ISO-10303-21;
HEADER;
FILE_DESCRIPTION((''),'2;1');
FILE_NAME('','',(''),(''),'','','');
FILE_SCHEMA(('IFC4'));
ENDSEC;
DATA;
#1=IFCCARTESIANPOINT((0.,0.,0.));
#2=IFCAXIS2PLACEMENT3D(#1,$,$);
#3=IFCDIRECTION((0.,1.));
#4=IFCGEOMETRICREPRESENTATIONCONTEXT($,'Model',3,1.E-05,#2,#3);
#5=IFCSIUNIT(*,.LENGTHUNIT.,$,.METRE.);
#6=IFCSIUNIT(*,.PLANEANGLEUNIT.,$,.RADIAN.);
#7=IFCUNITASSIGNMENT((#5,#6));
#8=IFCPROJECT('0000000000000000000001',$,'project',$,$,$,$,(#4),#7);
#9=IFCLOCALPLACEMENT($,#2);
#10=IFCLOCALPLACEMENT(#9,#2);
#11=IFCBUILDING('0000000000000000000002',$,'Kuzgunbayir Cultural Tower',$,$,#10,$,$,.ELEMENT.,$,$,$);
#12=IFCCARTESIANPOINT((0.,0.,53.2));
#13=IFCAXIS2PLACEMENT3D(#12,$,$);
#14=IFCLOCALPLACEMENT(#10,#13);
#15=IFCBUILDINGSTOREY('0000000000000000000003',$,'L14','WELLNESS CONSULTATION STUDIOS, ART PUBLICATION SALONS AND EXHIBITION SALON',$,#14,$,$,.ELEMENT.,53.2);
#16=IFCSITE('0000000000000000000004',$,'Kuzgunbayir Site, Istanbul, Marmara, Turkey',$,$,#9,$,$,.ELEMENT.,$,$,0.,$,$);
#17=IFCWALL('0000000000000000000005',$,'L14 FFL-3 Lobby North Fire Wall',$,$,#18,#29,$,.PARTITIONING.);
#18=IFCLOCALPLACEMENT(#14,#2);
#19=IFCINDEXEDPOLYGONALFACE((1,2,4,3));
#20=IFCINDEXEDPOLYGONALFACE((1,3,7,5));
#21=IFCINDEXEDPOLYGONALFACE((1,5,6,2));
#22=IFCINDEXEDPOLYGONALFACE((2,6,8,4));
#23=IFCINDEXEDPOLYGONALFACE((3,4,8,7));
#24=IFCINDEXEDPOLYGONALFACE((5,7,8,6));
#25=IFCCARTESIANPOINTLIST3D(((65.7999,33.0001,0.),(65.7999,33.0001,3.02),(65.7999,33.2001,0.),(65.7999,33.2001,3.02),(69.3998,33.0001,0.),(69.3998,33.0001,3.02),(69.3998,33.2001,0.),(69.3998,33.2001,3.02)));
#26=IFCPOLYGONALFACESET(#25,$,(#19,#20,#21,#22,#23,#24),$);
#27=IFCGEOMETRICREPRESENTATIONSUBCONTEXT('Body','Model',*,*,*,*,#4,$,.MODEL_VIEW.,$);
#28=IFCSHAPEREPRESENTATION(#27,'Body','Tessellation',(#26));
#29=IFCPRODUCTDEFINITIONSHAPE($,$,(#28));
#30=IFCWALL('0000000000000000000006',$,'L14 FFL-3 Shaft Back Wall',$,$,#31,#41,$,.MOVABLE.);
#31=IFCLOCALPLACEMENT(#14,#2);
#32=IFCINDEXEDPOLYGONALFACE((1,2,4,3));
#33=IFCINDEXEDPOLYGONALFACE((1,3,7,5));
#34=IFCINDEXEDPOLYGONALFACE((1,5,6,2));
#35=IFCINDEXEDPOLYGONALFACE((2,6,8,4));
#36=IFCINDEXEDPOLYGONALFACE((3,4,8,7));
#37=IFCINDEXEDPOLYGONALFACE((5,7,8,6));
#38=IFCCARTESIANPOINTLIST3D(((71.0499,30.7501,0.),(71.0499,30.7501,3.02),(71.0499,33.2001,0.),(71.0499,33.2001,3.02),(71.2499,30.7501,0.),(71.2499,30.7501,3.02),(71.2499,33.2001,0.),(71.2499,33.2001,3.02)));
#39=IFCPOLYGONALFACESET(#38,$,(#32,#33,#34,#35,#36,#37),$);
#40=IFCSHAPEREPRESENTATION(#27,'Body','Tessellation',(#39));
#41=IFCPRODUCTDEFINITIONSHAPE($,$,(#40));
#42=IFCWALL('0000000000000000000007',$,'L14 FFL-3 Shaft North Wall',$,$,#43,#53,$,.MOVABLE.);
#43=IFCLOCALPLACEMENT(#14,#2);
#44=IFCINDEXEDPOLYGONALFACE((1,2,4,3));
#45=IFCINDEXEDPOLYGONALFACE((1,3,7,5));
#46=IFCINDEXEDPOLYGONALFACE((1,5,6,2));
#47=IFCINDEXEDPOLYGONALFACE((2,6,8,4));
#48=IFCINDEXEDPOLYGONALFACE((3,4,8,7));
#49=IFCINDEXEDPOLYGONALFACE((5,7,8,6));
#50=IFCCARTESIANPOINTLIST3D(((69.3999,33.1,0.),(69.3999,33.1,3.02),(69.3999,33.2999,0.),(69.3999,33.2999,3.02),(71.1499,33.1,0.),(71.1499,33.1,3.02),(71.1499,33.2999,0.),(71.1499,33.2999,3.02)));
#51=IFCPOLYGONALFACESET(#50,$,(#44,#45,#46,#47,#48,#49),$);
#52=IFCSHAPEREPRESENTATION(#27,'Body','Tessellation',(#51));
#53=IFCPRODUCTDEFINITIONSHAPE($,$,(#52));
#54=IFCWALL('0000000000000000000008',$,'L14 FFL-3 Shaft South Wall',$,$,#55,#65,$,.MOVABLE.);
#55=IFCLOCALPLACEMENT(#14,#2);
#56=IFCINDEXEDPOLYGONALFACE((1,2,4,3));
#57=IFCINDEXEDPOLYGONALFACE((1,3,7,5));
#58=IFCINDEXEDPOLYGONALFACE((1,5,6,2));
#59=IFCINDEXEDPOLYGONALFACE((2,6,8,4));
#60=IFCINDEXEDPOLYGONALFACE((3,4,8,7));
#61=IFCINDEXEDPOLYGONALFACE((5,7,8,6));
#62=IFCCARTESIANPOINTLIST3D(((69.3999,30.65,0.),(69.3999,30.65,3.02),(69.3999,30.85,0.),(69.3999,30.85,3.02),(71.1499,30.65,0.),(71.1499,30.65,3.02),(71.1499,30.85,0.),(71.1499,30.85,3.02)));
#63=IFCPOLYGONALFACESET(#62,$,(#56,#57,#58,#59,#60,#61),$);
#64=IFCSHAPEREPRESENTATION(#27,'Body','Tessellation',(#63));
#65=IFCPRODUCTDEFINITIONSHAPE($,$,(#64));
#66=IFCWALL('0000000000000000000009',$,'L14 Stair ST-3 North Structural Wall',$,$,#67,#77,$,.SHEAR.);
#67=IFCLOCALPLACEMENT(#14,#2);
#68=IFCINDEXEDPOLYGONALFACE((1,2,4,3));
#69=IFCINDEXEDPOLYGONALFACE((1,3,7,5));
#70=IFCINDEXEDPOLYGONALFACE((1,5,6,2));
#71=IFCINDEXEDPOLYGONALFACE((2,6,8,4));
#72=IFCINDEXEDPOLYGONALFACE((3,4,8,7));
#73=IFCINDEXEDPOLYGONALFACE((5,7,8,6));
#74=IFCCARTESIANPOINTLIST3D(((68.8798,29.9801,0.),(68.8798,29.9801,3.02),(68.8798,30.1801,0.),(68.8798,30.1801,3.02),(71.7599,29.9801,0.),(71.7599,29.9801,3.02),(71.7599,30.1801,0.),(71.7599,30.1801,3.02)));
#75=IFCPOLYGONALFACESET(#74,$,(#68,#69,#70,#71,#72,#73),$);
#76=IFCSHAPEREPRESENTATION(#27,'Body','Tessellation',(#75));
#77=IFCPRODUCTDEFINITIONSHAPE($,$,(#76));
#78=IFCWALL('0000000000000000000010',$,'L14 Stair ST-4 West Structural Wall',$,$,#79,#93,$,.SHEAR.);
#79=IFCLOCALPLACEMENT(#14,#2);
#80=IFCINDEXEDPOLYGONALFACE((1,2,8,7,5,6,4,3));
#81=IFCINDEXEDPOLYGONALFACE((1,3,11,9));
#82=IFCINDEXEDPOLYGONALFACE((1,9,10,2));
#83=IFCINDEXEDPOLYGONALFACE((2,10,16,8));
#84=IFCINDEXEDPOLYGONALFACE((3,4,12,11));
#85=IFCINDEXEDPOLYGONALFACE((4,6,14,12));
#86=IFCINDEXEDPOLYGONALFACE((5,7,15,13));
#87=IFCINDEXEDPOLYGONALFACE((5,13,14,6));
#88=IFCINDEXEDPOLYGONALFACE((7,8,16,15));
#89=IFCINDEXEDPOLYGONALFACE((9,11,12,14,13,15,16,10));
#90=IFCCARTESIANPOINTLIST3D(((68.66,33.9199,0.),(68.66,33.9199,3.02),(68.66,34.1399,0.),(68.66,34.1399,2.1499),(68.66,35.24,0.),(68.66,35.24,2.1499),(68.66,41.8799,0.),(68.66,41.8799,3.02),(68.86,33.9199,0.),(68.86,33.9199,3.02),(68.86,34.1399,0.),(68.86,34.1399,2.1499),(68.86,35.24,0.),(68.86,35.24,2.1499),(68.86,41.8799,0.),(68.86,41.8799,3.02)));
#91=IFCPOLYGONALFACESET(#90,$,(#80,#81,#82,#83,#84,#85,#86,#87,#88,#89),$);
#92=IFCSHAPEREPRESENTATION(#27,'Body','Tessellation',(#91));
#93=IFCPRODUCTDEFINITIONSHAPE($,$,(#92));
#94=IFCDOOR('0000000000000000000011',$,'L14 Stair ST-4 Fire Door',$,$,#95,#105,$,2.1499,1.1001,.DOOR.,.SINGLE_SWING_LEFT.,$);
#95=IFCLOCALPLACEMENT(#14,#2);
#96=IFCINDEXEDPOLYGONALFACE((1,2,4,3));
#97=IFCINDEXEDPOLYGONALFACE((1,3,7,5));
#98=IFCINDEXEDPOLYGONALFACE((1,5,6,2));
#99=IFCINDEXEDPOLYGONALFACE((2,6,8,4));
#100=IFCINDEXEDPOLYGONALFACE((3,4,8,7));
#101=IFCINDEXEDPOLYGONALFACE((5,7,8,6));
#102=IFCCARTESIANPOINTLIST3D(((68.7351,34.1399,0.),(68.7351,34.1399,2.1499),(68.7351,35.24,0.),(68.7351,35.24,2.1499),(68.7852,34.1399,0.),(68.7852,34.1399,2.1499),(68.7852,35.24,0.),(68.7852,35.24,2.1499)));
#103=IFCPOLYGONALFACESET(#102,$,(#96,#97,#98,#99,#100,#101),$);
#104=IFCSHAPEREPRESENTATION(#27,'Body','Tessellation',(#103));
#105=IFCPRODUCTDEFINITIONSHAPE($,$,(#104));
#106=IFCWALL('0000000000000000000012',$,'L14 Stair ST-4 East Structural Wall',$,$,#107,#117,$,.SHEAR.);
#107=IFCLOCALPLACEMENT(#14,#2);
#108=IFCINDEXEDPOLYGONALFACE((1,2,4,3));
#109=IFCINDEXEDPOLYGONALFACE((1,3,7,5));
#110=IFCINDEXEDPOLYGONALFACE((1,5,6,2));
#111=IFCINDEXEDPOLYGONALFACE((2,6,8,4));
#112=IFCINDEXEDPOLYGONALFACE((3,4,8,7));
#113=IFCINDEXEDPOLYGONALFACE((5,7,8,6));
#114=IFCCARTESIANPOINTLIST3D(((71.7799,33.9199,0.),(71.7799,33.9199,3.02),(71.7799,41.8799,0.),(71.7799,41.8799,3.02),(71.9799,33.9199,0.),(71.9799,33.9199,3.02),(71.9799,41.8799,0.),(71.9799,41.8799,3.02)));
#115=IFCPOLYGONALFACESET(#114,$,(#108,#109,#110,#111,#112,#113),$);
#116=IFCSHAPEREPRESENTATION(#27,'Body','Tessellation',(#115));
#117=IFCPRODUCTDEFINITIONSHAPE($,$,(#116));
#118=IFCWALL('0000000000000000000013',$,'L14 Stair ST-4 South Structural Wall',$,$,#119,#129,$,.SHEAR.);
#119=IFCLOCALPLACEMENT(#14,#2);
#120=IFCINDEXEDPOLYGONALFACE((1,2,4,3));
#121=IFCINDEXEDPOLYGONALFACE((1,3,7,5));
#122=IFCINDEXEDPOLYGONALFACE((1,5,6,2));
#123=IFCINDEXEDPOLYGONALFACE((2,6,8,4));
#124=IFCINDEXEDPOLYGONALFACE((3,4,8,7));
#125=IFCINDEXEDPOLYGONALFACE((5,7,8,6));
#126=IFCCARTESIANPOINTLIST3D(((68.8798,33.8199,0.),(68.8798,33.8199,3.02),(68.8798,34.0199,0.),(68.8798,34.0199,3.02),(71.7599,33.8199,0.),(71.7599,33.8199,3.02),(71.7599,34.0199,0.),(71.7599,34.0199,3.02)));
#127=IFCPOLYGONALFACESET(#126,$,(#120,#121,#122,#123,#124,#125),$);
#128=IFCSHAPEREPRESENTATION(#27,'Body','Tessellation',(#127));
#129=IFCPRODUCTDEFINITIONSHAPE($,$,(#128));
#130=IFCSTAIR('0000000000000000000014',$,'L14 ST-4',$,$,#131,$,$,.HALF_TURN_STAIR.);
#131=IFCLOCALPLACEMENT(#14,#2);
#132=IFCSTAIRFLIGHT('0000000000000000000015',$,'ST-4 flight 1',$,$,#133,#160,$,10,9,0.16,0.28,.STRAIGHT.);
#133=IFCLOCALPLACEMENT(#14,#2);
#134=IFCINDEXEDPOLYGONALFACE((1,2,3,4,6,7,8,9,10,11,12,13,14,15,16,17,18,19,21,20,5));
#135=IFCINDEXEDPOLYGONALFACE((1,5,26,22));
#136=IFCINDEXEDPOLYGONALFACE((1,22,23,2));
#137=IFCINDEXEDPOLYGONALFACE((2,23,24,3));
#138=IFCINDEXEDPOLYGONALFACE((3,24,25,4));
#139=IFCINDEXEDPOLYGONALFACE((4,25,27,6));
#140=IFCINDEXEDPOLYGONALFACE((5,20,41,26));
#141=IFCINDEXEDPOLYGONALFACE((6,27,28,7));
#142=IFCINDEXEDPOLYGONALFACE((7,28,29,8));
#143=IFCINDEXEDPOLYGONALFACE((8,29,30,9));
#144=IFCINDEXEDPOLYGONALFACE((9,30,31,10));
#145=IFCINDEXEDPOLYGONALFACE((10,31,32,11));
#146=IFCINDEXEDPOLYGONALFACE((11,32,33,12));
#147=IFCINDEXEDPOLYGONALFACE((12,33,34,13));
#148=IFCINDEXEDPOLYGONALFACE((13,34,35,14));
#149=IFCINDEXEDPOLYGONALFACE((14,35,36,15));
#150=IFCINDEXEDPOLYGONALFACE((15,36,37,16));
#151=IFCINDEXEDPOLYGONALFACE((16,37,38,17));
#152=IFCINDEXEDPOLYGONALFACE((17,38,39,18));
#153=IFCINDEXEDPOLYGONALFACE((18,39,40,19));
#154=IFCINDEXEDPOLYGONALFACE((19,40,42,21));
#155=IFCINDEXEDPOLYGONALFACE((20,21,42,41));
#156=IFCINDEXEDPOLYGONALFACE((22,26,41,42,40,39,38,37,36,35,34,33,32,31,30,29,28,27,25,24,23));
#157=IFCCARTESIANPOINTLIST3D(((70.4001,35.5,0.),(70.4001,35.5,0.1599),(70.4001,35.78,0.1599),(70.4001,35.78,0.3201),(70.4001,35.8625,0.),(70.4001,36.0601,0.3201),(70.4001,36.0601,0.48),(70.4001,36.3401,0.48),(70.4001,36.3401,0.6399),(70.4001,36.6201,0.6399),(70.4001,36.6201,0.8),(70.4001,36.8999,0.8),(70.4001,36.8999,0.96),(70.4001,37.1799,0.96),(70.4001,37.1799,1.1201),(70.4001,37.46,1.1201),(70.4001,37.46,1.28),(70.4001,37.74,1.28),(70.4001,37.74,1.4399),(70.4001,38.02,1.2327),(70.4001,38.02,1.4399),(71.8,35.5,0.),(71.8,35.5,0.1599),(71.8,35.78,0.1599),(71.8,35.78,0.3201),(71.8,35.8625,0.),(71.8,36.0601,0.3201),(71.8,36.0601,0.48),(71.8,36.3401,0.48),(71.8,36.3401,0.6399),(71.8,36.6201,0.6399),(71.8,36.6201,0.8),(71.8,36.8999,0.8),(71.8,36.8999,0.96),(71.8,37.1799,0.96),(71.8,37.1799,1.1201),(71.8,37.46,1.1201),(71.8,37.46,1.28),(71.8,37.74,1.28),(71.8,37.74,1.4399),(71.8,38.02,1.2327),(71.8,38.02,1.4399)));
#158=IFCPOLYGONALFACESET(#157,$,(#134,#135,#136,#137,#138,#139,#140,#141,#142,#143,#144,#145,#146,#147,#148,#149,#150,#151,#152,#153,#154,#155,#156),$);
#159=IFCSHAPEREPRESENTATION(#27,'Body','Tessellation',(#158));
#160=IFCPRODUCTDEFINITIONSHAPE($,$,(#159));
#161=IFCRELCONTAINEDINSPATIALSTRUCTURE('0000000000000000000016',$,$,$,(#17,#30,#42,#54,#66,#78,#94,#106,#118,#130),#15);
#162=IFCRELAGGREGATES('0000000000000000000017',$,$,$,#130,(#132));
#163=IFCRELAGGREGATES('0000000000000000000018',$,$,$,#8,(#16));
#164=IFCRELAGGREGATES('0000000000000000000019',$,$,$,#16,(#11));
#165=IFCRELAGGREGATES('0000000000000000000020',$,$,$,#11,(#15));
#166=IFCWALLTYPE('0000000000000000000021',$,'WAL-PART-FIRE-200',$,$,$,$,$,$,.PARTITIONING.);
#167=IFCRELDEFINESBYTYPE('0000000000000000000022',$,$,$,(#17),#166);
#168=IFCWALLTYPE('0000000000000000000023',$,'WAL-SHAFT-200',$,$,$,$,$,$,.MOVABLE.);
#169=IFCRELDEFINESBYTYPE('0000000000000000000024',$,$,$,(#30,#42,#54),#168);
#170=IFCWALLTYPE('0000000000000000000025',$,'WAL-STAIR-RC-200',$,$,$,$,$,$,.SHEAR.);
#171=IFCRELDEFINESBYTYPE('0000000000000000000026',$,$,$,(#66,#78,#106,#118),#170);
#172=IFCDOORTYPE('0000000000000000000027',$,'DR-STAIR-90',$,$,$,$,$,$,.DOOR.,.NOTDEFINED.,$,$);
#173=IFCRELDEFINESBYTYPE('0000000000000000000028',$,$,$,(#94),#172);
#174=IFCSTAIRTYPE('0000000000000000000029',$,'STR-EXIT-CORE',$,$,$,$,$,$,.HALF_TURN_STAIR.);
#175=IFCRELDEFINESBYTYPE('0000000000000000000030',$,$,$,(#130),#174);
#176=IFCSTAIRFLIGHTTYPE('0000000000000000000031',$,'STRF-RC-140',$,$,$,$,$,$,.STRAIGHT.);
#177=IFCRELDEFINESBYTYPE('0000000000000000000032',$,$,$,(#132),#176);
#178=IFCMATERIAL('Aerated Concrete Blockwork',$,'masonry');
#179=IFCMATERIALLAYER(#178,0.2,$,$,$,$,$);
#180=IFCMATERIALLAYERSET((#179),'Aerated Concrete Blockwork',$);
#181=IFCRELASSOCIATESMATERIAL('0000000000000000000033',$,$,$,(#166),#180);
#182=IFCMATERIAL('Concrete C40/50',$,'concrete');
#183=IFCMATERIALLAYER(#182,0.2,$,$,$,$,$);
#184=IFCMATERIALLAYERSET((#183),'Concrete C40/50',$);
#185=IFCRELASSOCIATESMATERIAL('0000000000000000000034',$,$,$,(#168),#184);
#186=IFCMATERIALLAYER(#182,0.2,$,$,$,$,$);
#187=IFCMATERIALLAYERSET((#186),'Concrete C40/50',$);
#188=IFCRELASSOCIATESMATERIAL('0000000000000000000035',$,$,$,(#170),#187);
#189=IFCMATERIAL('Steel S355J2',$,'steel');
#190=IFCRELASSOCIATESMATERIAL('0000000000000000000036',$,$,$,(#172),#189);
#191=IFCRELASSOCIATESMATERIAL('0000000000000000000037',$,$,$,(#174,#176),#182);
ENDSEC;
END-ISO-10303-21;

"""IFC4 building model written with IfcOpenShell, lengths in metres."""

from ifc_helpers import new_model, si_unit, direction, frame, frame_2d, origin, place, context, subcontext, project, spatial, polyline, rectangle, outline, extrude, material, layer, layer_set, type_object, element, fill, aggregate, save


model = new_model("IFC4")

# Units and contexts
model_context = context("Model", 3, precision=1e-05, world=origin(), true_north=direction((0.0, 1.0)))
body_context = subcontext(model_context, "Body", "Model", "MODEL_VIEW")
ifc_project = project(units=[si_unit("LENGTHUNIT", "METRE"), si_unit("PLANEANGLEUNIT", "RADIAN")], contexts=[model_context])

# Site, building, storey
site_placement = place(None, origin())
site = spatial("IfcSite", under=ifc_project, at=site_placement, Name="Kuzgunbayir Site, Istanbul, Marmara, Turkey", CompositionType="ELEMENT", RefElevation=0.0)
building_placement = place(site_placement, origin())
building = spatial("IfcBuilding", under=site, at=building_placement, Name="Kuzgunbayir Cultural Tower", CompositionType="ELEMENT")
storey_placement = place(building_placement, frame((0.0, 0.0, 53.2)))
storey = spatial("IfcBuildingStorey", under=building, at=storey_placement, Name="L14", Description="WELLNESS CONSULTATION STUDIOS, ART PUBLICATION SALONS AND EXHIBITION SALON", CompositionType="ELEMENT", Elevation=53.2)

# Shared definitions
ifc_material_1 = material(Name="Steel S355J2", Category="steel")

# Wall
ifc_material_2 = material(Name="Aerated Concrete Blockwork", Category="masonry")
ifc_layer_1 = layer(ifc_material_2, 0.2)
ifc_layer_set_1 = layer_set([ifc_layer_1], Name="Aerated Concrete Blockwork")
wall_type_1 = type_object("IfcWallType", Name="WAL-PART-FIRE-200", PredefinedType="PARTITIONING", material=ifc_layer_set_1)
wall_1_placement = place(storey_placement, frame((65.8, 33.1001, 0.0), z_axis=(0.0, 0.0, 1.0), x_axis=(1.0, 0.0, 0.0)))
element("IfcWall", 1, at=wall_1_placement, inside=storey, type_object=wall_type_1, Name="L14 FFL-3 Lobby North Fire Wall", PredefinedType="PARTITIONING", context=body_context, shape_type="SweptSolid", body=[
    extrude(rectangle(XDim=3.5999, YDim=0.2, at=frame_2d((1.7998, 0.0))), origin(), (0.0, 0.0, 1.0), 3.02),
])

# Shared definitions
ifc_material_3 = material(Name="Concrete C40/50", Category="concrete")
ifc_layer_2 = layer(ifc_material_3, 0.2)
ifc_layer_set_2 = layer_set([ifc_layer_2], Name="Concrete C40/50")
wall_type_2 = type_object("IfcWallType", Name="WAL-SHAFT-200", PredefinedType="MOVABLE", material=ifc_layer_set_2)

# Walls
wall_2_placement = place(storey_placement, frame((71.1499, 30.75, 0.0), z_axis=(0.0, 0.0, 1.0), x_axis=(0.0, 1.0, 0.0)))
element("IfcWall", 2, at=wall_2_placement, inside=storey, type_object=wall_type_2, Name="L14 FFL-3 Shaft Back Wall", PredefinedType="MOVABLE", context=body_context, shape_type="SweptSolid", body=[
    extrude(rectangle(XDim=2.45, YDim=0.2, at=frame_2d((1.2251, 0.0))), origin(), (0.0, 0.0, 1.0), 3.02),
])
for number, where, z_axis, x_axis, name in (
    (3, (69.3999, 33.2, 0.0), (0.0, 0.0, 1.0), (1.0, 0.0, 0.0), "L14 FFL-3 Shaft North Wall"),
    (4, (69.3999, 30.75, 0.0), (0.0, 0.0, 1.0), (1.0, 0.0, 0.0), "L14 FFL-3 Shaft South Wall"),
):
    element("IfcWall", number, at=place(storey_placement, frame(where, z_axis=z_axis, x_axis=x_axis)), inside=storey, type_object=wall_type_2, Name=name, PredefinedType="MOVABLE", context=body_context, shape_type="SweptSolid", body=[
        extrude(rectangle(XDim=1.75, YDim=0.2, at=frame_2d((0.875, 0.0))), origin(), (0.0, 0.0, 1.0), 3.02),
    ])
ifc_layer_3 = layer(ifc_material_3, 0.2)
ifc_layer_set_3 = layer_set([ifc_layer_3], Name="Concrete C40/50")
wall_type_3 = type_object("IfcWallType", Name="WAL-STAIR-RC-200", PredefinedType="SHEAR", material=ifc_layer_set_3)
wall_3_placement = place(storey_placement, frame((68.8799, 30.0801, 0.0), z_axis=(0.0, 0.0, 1.0), x_axis=(1.0, 0.0, 0.0)))
element("IfcWall", 5, at=wall_3_placement, inside=storey, type_object=wall_type_3, Name="L14 Stair ST-3 North Structural Wall", PredefinedType="SHEAR", context=body_context, shape_type="SweptSolid", body=[
    extrude(rectangle(XDim=2.8801, YDim=0.2, at=frame_2d((1.4399, 0.0))), origin(), (0.0, 0.0, 1.0), 3.02),
])

# Wall, opening, door
wall_4_placement = place(storey_placement, frame((68.76, 33.9199, 0.0), z_axis=(0.0, 0.0, 1.0), x_axis=(0.0, 1.0, 0.0)))
wall_4 = element("IfcWall", 6, at=wall_4_placement, inside=storey, type_object=wall_type_3, Name="L14 Stair ST-4 West Structural Wall", PredefinedType="SHEAR", context=body_context, shape_type="SweptSolid", body=[
    extrude(rectangle(XDim=7.96, YDim=0.2, at=frame_2d((3.98, 0.0))), origin(), (0.0, 0.0, 1.0), 3.02),
])
opening_1_placement = place(wall_4_placement, frame((0.22, 0.0, 0.0)))
opening_1 = element("IfcOpeningElement", 7, at=opening_1_placement, cuts=wall_4, PredefinedType="OPENING", context=body_context, shape_type="SweptSolid", body=[
    extrude(rectangle(XDim=1.1001, YDim=2.1499, at=frame_2d((0.55, 1.075))), frame((0.0, 0.1099, 0.0), z_axis=(0.0, -1.0, 0.0), x_axis=(1.0, 0.0, 0.0)), (0.0, 0.0, 1.0), 0.22),
])
door_type_1 = type_object("IfcDoorType", Name="DR-STAIR-90", OperationType="NOTDEFINED", PredefinedType="DOOR", material=ifc_material_1)
door_1_placement = place(opening_1_placement, origin())
door_1 = element("IfcDoor", 8, at=door_1_placement, inside=storey, type_object=door_type_1, Name="L14 Stair ST-4 Fire Door", OperationType="SINGLE_SWING_LEFT", OverallHeight=2.1499, OverallWidth=1.1001, PredefinedType="DOOR", context=body_context, shape_type="SweptSolid", body=[
    extrude(rectangle(XDim=1.1001, YDim=2.1499, at=frame_2d((0.55, 1.075))), frame((0.0, 0.0249, 0.0), z_axis=(0.0, -1.0, 0.0), x_axis=(1.0, 0.0, 0.0)), (0.0, 0.0, 1.0), 0.05),
])
fill(opening_1, door_1)

# Walls
wall_5_placement = place(storey_placement, frame((71.8799, 33.9199, 0.0), z_axis=(0.0, 0.0, 1.0), x_axis=(0.0, 1.0, 0.0)))
element("IfcWall", 9, at=wall_5_placement, inside=storey, type_object=wall_type_3, Name="L14 Stair ST-4 East Structural Wall", PredefinedType="SHEAR", context=body_context, shape_type="SweptSolid", body=[
    extrude(rectangle(XDim=7.96, YDim=0.2, at=frame_2d((3.98, 0.0))), origin(), (0.0, 0.0, 1.0), 3.02),
])
wall_6_placement = place(storey_placement, frame((68.8799, 33.9199, 0.0), z_axis=(0.0, 0.0, 1.0), x_axis=(1.0, 0.0, 0.0)))
element("IfcWall", 10, at=wall_6_placement, inside=storey, type_object=wall_type_3, Name="L14 Stair ST-4 South Structural Wall", PredefinedType="SHEAR", context=body_context, shape_type="SweptSolid", body=[
    extrude(rectangle(XDim=2.8801, YDim=0.2, at=frame_2d((1.4399, 0.0))), origin(), (0.0, 0.0, 1.0), 3.02),
])

# Stair, stair flight
stair_type = type_object("IfcStairType", Name="STR-EXIT-CORE", PredefinedType="HALF_TURN_STAIR", material=ifc_material_3)
stair_placement = place(storey_placement, origin())
stair = element("IfcStair", 11, at=stair_placement, inside=storey, type_object=stair_type, Name="L14 ST-4", PredefinedType="HALF_TURN_STAIR")
stair_flight_type = type_object("IfcStairFlightType", Name="STRF-RC-140", PredefinedType="STRAIGHT", material=ifc_material_3)
stair_flight_placement = place(storey_placement, frame((71.1001, 35.5, 0.0), z_axis=(0.0, 0.0, 1.0), x_axis=(0.0, 1.0, 0.0)))
stair_flight = element("IfcStairFlight", 12, at=stair_flight_placement, type_object=stair_flight_type, Name="ST-4 flight 1", NumberOfRisers=10, NumberOfTreads=9, PredefinedType="STRAIGHT", RiserHeight=0.16, TreadLength=0.28, context=body_context, shape_type="SweptSolid", body=[
    extrude(outline(polyline([(0.0, 0.0), (0.0, 0.1599), (0.28, 0.1599), (0.28, 0.3201), (0.5601, 0.3201), (0.5601, 0.48), (0.8401, 0.48), (0.8401, 0.6399), (1.1201, 0.6399), (1.1201, 0.8), (1.3999, 0.8), (1.3999, 0.96), (1.6799, 0.96), (1.6799, 1.1201), (1.96, 1.1201), (1.96, 1.28), (2.24, 1.28), (2.24, 1.4399), (2.52, 1.4399), (2.52, 1.6001), (2.52, 1.2327), (0.3625, 0.0), (0.0, 0.0)])), frame((0.0, 0.7, 0.0), z_axis=(0.0, -1.0, 0.0), x_axis=(1.0, 0.0, 0.0)), (0.0, 0.0, 1.0), 1.3999),
])
aggregate(stair, [stair_flight])

save(model, "model.ifc")
